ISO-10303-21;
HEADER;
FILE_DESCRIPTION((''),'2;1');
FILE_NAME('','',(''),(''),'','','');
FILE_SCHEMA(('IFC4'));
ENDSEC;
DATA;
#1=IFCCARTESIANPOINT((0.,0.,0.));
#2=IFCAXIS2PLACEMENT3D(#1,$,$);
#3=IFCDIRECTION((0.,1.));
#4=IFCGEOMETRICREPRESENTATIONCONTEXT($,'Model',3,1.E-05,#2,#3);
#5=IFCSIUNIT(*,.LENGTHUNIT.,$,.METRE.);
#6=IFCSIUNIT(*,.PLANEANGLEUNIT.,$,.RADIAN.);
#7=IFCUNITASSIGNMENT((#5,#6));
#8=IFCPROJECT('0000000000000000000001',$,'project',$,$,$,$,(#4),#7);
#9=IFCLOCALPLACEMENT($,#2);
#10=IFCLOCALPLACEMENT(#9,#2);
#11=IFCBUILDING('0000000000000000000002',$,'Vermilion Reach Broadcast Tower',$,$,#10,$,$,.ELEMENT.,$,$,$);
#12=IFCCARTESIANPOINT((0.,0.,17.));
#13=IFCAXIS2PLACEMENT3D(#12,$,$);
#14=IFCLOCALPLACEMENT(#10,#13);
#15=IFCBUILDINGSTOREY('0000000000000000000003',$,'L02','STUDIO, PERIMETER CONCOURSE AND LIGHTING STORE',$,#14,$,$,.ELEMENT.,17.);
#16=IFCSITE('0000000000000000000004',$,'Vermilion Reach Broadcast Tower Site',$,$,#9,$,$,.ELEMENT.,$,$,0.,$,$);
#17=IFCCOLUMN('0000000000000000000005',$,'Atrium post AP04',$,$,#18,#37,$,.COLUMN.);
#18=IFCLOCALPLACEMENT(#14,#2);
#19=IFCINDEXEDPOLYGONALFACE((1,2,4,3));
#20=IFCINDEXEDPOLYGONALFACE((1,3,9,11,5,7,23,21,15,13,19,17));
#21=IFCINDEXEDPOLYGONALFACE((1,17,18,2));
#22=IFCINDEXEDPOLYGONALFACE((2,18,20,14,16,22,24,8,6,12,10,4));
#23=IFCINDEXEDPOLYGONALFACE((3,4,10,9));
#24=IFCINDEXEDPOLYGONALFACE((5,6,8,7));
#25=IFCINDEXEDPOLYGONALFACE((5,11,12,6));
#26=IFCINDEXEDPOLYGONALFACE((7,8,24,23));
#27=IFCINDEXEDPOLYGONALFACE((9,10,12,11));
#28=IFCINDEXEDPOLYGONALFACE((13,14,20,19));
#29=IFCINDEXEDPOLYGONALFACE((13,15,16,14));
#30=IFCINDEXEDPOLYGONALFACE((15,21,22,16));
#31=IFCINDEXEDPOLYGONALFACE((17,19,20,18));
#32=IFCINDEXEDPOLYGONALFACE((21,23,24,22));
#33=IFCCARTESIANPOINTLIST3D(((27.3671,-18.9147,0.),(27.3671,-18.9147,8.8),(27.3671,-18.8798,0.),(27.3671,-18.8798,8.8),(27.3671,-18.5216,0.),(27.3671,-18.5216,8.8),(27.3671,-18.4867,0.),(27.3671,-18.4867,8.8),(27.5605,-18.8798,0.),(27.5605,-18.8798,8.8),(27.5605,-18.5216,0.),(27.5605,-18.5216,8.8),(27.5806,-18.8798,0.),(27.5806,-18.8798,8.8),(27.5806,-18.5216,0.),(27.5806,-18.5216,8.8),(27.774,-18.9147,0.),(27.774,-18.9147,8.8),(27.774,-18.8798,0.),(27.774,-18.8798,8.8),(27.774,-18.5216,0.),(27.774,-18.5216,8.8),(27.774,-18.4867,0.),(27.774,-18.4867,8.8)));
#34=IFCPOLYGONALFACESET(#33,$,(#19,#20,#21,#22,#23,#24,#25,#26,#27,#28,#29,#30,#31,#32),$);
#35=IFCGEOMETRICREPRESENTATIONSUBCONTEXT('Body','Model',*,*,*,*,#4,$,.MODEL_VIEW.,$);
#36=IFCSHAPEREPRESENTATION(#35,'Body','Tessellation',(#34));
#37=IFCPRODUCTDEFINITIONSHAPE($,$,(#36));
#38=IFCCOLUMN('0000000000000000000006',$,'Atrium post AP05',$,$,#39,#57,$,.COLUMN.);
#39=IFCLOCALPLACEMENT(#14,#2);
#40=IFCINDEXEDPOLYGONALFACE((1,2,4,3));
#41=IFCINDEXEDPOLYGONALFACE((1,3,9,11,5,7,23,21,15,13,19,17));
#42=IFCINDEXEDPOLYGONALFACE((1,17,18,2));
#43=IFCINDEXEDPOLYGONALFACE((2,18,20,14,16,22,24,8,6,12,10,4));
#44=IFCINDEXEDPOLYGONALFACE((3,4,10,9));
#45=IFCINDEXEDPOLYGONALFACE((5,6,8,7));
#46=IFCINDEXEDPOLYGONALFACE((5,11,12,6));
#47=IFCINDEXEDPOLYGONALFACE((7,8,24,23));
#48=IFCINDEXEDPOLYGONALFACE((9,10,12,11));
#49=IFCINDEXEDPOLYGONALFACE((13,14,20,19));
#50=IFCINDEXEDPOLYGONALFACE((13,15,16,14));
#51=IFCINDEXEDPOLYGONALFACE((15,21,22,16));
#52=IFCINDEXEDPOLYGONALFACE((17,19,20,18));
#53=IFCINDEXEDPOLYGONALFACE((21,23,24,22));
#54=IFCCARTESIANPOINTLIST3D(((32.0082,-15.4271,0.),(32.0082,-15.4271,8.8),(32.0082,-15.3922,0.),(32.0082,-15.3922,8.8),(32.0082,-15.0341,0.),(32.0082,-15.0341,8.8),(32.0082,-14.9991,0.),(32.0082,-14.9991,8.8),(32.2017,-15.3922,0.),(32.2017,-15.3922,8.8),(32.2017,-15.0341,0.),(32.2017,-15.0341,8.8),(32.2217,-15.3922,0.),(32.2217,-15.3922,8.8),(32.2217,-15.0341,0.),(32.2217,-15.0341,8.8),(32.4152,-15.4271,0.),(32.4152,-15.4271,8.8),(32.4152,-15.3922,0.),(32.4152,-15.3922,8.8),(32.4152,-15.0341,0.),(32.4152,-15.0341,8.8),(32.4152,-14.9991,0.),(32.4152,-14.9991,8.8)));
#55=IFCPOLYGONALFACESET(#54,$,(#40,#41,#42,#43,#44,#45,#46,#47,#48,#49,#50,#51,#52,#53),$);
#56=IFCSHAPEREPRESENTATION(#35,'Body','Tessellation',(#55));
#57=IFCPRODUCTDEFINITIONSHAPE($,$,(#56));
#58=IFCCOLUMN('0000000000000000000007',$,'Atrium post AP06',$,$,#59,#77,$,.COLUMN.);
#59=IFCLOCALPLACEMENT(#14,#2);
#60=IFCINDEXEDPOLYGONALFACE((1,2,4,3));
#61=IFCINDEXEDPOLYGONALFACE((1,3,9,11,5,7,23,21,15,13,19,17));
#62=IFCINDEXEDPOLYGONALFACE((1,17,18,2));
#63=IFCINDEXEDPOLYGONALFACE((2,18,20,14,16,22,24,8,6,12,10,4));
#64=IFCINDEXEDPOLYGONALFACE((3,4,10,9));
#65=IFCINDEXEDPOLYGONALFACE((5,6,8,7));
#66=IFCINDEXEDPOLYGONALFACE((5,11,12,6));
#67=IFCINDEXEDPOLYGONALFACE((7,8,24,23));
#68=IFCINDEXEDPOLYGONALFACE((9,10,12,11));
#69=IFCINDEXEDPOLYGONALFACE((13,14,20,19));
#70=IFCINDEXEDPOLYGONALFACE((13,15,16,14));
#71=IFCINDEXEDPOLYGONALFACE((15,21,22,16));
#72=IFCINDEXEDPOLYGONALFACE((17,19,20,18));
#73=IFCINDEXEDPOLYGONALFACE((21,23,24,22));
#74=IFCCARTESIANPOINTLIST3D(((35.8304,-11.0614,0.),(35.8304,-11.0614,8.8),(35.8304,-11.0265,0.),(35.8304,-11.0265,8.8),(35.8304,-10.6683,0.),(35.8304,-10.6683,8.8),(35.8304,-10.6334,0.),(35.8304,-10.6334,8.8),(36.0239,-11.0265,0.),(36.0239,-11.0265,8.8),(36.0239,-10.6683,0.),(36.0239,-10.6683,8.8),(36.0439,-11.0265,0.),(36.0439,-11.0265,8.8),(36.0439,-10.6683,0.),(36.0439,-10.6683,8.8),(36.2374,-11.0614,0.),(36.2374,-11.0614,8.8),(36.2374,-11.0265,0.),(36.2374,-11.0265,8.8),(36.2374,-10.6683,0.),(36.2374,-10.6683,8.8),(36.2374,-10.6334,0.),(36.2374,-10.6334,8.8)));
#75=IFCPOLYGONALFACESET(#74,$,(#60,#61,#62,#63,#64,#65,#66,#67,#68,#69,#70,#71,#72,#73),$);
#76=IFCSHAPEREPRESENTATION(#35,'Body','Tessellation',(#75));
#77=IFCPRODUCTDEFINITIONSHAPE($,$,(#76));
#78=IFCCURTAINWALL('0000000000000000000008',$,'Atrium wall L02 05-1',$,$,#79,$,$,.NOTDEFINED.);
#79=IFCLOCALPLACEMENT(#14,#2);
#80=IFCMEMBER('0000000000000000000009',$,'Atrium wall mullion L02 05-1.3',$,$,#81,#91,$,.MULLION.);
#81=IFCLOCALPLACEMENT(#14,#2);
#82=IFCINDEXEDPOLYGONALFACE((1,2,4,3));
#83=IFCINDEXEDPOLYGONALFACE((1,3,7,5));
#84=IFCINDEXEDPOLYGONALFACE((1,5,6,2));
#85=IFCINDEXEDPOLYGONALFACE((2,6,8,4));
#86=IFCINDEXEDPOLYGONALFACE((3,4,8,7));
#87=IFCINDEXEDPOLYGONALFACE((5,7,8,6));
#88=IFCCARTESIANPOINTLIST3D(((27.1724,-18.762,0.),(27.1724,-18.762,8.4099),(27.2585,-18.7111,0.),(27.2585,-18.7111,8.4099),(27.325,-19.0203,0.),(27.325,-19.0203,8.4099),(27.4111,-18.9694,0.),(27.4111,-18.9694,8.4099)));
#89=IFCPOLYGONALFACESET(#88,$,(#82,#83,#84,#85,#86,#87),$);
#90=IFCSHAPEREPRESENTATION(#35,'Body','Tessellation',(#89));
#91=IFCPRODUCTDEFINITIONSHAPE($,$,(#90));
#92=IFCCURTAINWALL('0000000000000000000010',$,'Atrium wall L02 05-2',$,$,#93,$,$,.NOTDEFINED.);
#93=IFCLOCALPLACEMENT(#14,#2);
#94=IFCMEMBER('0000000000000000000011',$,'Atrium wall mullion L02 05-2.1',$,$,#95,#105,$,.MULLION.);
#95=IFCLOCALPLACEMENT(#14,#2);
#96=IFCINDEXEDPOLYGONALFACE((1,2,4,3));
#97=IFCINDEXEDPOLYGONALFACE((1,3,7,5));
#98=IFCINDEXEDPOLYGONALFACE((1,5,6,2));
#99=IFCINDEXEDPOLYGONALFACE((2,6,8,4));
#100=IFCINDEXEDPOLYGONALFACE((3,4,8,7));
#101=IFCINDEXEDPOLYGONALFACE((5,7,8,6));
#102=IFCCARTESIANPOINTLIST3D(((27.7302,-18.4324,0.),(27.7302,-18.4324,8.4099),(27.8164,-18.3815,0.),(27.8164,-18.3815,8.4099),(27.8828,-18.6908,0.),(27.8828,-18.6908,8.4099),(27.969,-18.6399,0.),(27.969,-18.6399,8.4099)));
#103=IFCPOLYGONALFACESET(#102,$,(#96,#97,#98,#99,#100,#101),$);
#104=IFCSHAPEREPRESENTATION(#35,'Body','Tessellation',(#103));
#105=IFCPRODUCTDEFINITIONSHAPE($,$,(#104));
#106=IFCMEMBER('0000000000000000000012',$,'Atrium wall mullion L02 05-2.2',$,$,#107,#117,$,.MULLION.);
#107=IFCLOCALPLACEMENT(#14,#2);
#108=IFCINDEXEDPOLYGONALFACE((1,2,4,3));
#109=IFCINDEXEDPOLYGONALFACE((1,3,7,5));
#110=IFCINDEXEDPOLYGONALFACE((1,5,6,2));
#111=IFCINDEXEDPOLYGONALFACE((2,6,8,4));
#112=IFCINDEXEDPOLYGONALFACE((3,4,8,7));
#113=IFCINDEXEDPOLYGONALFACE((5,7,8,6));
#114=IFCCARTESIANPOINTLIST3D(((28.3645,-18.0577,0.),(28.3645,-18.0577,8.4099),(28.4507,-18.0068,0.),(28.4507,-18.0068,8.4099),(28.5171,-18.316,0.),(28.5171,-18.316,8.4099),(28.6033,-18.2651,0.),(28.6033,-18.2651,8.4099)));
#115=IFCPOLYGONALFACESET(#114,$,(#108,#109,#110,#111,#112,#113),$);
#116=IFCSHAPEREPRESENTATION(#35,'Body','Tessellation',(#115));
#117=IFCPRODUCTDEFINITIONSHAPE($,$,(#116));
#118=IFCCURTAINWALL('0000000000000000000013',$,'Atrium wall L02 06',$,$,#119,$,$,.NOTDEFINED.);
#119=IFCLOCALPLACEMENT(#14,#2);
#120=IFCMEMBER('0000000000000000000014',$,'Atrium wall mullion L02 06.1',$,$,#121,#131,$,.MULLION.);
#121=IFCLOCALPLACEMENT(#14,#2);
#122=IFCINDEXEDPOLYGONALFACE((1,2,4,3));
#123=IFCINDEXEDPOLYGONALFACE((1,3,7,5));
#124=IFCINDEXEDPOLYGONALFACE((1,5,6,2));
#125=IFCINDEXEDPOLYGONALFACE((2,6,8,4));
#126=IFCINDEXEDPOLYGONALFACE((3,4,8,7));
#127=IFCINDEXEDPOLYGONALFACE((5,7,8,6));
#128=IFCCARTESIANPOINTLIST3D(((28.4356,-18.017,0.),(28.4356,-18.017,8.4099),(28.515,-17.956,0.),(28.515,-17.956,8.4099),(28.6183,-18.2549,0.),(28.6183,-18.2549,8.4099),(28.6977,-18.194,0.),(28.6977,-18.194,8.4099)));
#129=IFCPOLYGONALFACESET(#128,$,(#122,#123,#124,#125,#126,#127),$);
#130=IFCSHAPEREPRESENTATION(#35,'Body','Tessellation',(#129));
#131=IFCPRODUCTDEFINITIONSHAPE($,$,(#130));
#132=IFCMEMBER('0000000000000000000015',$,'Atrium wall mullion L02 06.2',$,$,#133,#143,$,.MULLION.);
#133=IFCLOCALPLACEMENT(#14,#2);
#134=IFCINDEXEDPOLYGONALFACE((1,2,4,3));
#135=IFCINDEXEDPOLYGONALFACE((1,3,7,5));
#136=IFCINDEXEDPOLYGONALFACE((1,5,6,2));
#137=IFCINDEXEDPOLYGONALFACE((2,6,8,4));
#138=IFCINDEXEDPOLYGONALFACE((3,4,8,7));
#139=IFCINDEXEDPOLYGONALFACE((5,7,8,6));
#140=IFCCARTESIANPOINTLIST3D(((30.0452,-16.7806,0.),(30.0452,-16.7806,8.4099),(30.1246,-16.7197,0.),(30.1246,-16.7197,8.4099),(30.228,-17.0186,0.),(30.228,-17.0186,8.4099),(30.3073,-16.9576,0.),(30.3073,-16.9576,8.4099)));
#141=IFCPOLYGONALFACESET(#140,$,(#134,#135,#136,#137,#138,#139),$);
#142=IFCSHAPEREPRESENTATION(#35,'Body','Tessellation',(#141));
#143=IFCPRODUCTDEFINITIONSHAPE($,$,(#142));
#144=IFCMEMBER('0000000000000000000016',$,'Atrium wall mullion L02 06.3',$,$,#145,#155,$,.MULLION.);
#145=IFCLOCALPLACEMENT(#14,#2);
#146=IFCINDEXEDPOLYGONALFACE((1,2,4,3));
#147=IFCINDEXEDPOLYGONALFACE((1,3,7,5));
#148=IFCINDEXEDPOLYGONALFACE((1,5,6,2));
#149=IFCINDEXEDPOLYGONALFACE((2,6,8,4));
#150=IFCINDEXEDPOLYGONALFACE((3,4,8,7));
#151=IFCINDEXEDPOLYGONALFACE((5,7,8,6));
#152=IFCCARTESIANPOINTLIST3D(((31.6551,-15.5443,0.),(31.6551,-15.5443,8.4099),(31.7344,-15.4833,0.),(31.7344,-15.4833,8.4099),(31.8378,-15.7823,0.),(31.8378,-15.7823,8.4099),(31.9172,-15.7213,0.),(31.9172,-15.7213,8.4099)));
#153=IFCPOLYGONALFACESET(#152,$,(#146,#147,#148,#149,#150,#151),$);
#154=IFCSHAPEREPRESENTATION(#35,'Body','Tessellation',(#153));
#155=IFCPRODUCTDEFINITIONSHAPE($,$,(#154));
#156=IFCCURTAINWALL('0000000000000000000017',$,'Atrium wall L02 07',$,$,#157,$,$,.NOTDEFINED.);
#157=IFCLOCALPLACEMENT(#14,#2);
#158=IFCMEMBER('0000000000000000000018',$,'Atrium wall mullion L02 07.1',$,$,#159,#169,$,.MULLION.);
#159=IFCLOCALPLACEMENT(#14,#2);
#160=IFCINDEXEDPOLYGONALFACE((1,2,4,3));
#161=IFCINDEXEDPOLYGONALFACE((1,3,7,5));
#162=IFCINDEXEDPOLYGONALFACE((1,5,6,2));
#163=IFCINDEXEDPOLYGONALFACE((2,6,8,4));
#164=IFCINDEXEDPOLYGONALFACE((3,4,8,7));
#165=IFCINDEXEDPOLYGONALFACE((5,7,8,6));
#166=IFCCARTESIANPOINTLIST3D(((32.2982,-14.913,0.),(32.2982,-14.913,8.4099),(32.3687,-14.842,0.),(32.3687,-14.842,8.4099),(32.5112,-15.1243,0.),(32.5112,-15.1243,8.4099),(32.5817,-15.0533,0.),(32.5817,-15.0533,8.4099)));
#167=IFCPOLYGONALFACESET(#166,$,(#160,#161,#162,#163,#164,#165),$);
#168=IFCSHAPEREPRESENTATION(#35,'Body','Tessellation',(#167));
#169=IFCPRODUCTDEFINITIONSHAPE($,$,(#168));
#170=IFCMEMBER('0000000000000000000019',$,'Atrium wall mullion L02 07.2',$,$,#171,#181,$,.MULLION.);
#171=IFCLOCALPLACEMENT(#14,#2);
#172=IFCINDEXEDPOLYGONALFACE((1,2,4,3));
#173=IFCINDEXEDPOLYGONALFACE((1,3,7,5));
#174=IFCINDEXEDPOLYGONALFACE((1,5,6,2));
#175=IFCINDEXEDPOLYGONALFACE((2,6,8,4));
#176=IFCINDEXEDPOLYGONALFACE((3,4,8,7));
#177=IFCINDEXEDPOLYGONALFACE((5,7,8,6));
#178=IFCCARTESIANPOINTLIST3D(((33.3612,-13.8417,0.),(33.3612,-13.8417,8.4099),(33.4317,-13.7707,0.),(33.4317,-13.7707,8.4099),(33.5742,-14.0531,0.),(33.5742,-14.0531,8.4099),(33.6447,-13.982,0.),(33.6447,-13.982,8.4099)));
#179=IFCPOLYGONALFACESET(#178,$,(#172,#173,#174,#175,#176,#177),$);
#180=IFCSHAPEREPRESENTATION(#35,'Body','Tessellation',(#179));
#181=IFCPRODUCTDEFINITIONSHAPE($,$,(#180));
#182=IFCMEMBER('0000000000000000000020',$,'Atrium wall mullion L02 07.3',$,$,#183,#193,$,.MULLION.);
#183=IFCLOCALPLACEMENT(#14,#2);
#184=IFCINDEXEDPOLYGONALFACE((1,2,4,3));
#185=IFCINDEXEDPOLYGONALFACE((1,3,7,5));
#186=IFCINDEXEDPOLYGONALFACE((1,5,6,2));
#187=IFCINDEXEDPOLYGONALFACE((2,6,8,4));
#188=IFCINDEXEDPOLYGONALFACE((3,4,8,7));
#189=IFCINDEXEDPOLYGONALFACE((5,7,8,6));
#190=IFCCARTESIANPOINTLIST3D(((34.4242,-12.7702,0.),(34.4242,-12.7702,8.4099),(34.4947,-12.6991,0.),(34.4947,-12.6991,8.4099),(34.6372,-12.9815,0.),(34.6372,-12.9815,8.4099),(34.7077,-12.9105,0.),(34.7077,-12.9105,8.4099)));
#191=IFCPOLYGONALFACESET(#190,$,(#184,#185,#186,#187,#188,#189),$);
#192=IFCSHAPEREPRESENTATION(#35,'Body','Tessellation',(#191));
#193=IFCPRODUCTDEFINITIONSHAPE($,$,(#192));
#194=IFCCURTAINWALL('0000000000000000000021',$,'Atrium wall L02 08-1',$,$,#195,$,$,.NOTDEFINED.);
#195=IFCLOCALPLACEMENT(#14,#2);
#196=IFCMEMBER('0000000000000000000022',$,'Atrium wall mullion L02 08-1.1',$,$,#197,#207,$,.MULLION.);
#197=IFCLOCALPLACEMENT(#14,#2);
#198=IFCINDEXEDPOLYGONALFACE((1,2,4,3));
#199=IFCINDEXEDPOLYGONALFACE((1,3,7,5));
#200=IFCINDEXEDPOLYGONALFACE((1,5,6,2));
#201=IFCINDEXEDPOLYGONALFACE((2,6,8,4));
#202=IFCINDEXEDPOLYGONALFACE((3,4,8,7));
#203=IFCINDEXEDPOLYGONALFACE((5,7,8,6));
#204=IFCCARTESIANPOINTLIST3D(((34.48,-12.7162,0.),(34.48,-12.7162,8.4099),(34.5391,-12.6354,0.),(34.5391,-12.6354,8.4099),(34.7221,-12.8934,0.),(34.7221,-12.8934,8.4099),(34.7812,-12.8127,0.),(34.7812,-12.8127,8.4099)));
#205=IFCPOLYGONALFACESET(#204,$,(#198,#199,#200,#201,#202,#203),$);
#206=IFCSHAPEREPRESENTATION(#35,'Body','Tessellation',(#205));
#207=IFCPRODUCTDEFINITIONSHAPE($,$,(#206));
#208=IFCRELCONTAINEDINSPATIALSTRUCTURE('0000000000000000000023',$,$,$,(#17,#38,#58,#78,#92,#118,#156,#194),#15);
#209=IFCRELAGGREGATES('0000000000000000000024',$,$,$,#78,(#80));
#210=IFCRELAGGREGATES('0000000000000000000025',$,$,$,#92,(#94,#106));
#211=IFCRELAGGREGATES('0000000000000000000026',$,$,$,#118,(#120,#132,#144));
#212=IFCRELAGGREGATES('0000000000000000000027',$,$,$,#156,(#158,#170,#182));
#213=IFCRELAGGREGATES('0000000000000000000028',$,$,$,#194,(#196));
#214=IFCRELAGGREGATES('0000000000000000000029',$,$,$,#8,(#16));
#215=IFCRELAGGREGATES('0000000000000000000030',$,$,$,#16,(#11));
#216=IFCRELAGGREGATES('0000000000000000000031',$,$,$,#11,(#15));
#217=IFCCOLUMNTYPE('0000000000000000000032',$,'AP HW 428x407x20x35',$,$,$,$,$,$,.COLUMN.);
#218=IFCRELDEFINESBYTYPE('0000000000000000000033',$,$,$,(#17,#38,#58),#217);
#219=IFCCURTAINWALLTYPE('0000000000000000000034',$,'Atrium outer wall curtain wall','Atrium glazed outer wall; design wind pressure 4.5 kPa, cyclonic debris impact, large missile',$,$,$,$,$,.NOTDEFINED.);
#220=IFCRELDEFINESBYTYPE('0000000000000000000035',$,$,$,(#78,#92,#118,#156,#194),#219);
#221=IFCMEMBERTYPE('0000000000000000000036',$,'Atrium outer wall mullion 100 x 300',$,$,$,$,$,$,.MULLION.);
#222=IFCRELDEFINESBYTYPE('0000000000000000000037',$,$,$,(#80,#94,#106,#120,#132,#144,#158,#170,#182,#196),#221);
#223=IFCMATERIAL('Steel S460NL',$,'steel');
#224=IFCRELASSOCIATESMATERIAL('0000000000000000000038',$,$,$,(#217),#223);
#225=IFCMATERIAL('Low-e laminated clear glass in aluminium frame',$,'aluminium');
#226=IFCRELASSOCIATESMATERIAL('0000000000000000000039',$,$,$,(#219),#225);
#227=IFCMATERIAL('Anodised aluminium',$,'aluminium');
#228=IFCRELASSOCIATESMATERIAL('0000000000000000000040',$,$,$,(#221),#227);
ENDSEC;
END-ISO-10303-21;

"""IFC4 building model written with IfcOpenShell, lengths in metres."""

from ifc_helpers import new_model, si_unit, direction, frame, origin, origin_2d, place, context, subcontext, project, spatial, rectangle, i_section, extrude, material, material_profile, profile_set, type_object, element, aggregate, save


model = new_model("IFC4")

# Units and contexts
model_context = context("Model", 3, precision=1e-05, world=origin(), true_north=direction((0.0, 1.0)))
body_context = subcontext(model_context, "Body", "Model", "MODEL_VIEW")
ifc_project = project(units=[si_unit("LENGTHUNIT", "METRE"), si_unit("PLANEANGLEUNIT", "RADIAN")], contexts=[model_context])

# Site, building, storey
site_placement = place(None, origin())
site = spatial("IfcSite", under=ifc_project, at=site_placement, Name="Vermilion Reach Broadcast Tower Site", CompositionType="ELEMENT", RefElevation=0.0)
building_placement = place(site_placement, origin())
building = spatial("IfcBuilding", under=site, at=building_placement, Name="Vermilion Reach Broadcast Tower", CompositionType="ELEMENT")
storey_placement = place(building_placement, frame((0.0, 0.0, 17.0)))
storey = spatial("IfcBuildingStorey", under=building, at=storey_placement, Name="L02", Description="STUDIO, PERIMETER CONCOURSE AND LIGHTING STORE", CompositionType="ELEMENT", Elevation=17.0)

# Columns
ifc_material_1 = material(Name="Steel S460NL", Category="steel")
ifc_material_profile_1 = material_profile(ifc_material_1, i_section(OverallWidth=0.407, OverallDepth=0.428, WebThickness=0.02, FlangeThickness=0.0349, at=origin_2d()), Name="S460NL HW 428x407x20x35")
ifc_profile_set_1 = profile_set([ifc_material_profile_1], Name="Steel S460NL")
column_type = type_object("IfcColumnType", Name="AP HW 428x407x20x35", PredefinedType="COLUMN", material=ifc_profile_set_1)
for number, where, z_axis, x_axis, name in (
    (1, (27.5706, -18.7007, 0.0), (0.0, 0.0, 1.0), (1.0, 0.0, 0.0), "Atrium post AP04"),
    (2, (32.2117, -15.2131, 0.0), (0.0, 0.0, 1.0), (1.0, 0.0, 0.0), "Atrium post AP05"),
    (3, (36.0339, -10.8474, 0.0), (0.0, 0.0, 1.0), (1.0, 0.0, 0.0), "Atrium post AP06"),
):
    element("IfcColumn", number, at=place(storey_placement, frame(where, z_axis=z_axis, x_axis=x_axis)), inside=storey, type_object=column_type, Name=name, PredefinedType="COLUMN", context=body_context, shape_type="SweptSolid", body=[
        extrude(i_section(OverallWidth=0.407, OverallDepth=0.428, WebThickness=0.02, FlangeThickness=0.0349, at=origin_2d()), origin(), (0.0, 0.0, 1.0), 8.8),
    ])

# Curtain wall, member
ifc_material_2 = material(Name="Low-e laminated clear glass in aluminium frame", Category="aluminium")
curtain_wall_type = type_object("IfcCurtainWallType", Name="Atrium outer wall curtain wall", Description="Atrium glazed outer wall; design wind pressure 4.5 kPa, cyclonic debris impact, large missile", PredefinedType="NOTDEFINED", material=ifc_material_2)
placement = place(storey_placement, origin())
curtain_wall_1 = element("IfcCurtainWall", 4, at=placement, inside=storey, type_object=curtain_wall_type, Name="Atrium wall L02 05-1", PredefinedType="NOTDEFINED")
ifc_material_3 = material(Name="Anodised aluminium", Category="aluminium")
ifc_material_profile_2 = material_profile(ifc_material_3, rectangle(XDim=0.3, YDim=0.1001, at=origin_2d()), Name="Atrium outer wall mullion 100 x 300")
ifc_profile_set_2 = profile_set([ifc_material_profile_2], Name="Anodised aluminium")
member_type_1 = type_object("IfcMemberType", Name="Atrium outer wall mullion 100 x 300", PredefinedType="MULLION", material=ifc_profile_set_2)
member_1_placement = place(storey_placement, frame((27.2917, -18.8657, 0.0), z_axis=(0.0, 0.0, 1.0), x_axis=(-0.50859, 0.861009, 0.0)))
member_1 = element("IfcMember", 5, at=member_1_placement, type_object=member_type_1, Name="Atrium wall mullion L02 05-1.3", PredefinedType="MULLION", context=body_context, shape_type="SweptSolid", body=[
    extrude(rectangle(XDim=0.3, YDim=0.1001, at=origin_2d()), origin(), (0.0, 0.0, 1.0), 8.4099),
])

# Curtain walls, members
curtain_wall_2 = element("IfcCurtainWall", 6, at=placement, inside=storey, type_object=curtain_wall_type, Name="Atrium wall L02 05-2", PredefinedType="NOTDEFINED")
member_2_placement = place(storey_placement, frame((27.8496, -18.5361, 0.0), z_axis=(0.0, 0.0, 1.0), x_axis=(-0.50859, 0.861009, 0.0)))
member_2 = element("IfcMember", 7, at=member_2_placement, type_object=member_type_1, Name="Atrium wall mullion L02 05-2.1", PredefinedType="MULLION", context=body_context, shape_type="SweptSolid", body=[
    extrude(rectangle(XDim=0.3, YDim=0.1001, at=origin_2d()), origin(), (0.0, 0.0, 1.0), 8.4099),
])
member_3_placement = place(storey_placement, frame((28.4839, -18.1614, 0.0), z_axis=(0.0, 0.0, 1.0), x_axis=(-0.50859, 0.861009, 0.0)))
member_3 = element("IfcMember", 8, at=member_3_placement, type_object=member_type_1, Name="Atrium wall mullion L02 05-2.2", PredefinedType="MULLION", context=body_context, shape_type="SweptSolid", body=[
    extrude(rectangle(XDim=0.3, YDim=0.1001, at=origin_2d()), origin(), (0.0, 0.0, 1.0), 8.4099),
])
curtain_wall_3 = element("IfcCurtainWall", 9, at=placement, inside=storey, type_object=curtain_wall_type, Name="Atrium wall L02 06", PredefinedType="NOTDEFINED")
member_4_placement = place(storey_placement, frame((28.5667, -18.1055, 0.0), z_axis=(0.0, 0.0, 1.0), x_axis=(-0.609114, 0.793083, 0.0)))
member_4 = element("IfcMember", 10, at=member_4_placement, type_object=member_type_1, Name="Atrium wall mullion L02 06.1", PredefinedType="MULLION", context=body_context, shape_type="SweptSolid", body=[
    extrude(rectangle(XDim=0.3, YDim=0.1001, at=origin_2d()), origin(), (0.0, 0.0, 1.0), 8.4099),
])
member_5_placement = place(storey_placement, frame((30.1763, -16.8691, 0.0), z_axis=(0.0, 0.0, 1.0), x_axis=(-0.609114, 0.793083, 0.0)))
member_5 = element("IfcMember", 11, at=member_5_placement, type_object=member_type_1, Name="Atrium wall mullion L02 06.2", PredefinedType="MULLION", context=body_context, shape_type="SweptSolid", body=[
    extrude(rectangle(XDim=0.3, YDim=0.1001, at=origin_2d()), origin(), (0.0, 0.0, 1.0), 8.4099),
])
member_6_placement = place(storey_placement, frame((31.7861, -15.6328, 0.0), z_axis=(0.0, 0.0, 1.0), x_axis=(-0.609114, 0.793083, 0.0)))
member_6 = element("IfcMember", 12, at=member_6_placement, type_object=member_type_1, Name="Atrium wall mullion L02 06.3", PredefinedType="MULLION", context=body_context, shape_type="SweptSolid", body=[
    extrude(rectangle(XDim=0.3, YDim=0.1001, at=origin_2d()), origin(), (0.0, 0.0, 1.0), 8.4099),
])
curtain_wall_4 = element("IfcCurtainWall", 13, at=placement, inside=storey, type_object=curtain_wall_type, Name="Atrium wall L02 07", PredefinedType="NOTDEFINED")
member_7_placement = place(storey_placement, frame((32.4399, -14.9832, 0.0), z_axis=(0.0, 0.0, 1.0), x_axis=(-0.709926, 0.704276, 0.0)))
member_7 = element("IfcMember", 14, at=member_7_placement, type_object=member_type_1, Name="Atrium wall mullion L02 07.1", PredefinedType="MULLION", context=body_context, shape_type="SweptSolid", body=[
    extrude(rectangle(XDim=0.3, YDim=0.1001, at=origin_2d()), origin(), (0.0, 0.0, 1.0), 8.4099),
])
member_8_placement = place(storey_placement, frame((33.5029, -13.9119, 0.0), z_axis=(0.0, 0.0, 1.0), x_axis=(-0.709926, 0.704276, 0.0)))
member_8 = element("IfcMember", 15, at=member_8_placement, type_object=member_type_1, Name="Atrium wall mullion L02 07.2", PredefinedType="MULLION", context=body_context, shape_type="SweptSolid", body=[
    extrude(rectangle(XDim=0.3, YDim=0.1001, at=origin_2d()), origin(), (0.0, 0.0, 1.0), 8.4099),
])
member_9_placement = place(storey_placement, frame((34.5659, -12.8403, 0.0), z_axis=(0.0, 0.0, 1.0), x_axis=(-0.709926, 0.704276, 0.0)))
member_9 = element("IfcMember", 16, at=member_9_placement, type_object=member_type_1, Name="Atrium wall mullion L02 07.3", PredefinedType="MULLION", context=body_context, shape_type="SweptSolid", body=[
    extrude(rectangle(XDim=0.3, YDim=0.1001, at=origin_2d()), origin(), (0.0, 0.0, 1.0), 8.4099),
])
curtain_wall_5 = element("IfcCurtainWall", 17, at=placement, inside=storey, type_object=curtain_wall_type, Name="Atrium wall L02 08-1", PredefinedType="NOTDEFINED")
member_10_placement = place(storey_placement, frame((34.6306, -12.7644, 0.0), z_axis=(0.0, 0.0, 1.0), x_axis=(-0.806847, 0.59076, 0.0)))
member_10 = element("IfcMember", 18, at=member_10_placement, type_object=member_type_1, Name="Atrium wall mullion L02 08-1.1", PredefinedType="MULLION", context=body_context, shape_type="SweptSolid", body=[
    extrude(rectangle(XDim=0.3, YDim=0.1001, at=origin_2d()), origin(), (0.0, 0.0, 1.0), 8.4099),
])

aggregate(curtain_wall_1, [member_1])
aggregate(curtain_wall_2, [member_2, member_3])
aggregate(curtain_wall_3, [member_4, member_5, member_6])
aggregate(curtain_wall_4, [member_7, member_8, member_9])
aggregate(curtain_wall_5, [member_10])

save(model, "model.ifc")
